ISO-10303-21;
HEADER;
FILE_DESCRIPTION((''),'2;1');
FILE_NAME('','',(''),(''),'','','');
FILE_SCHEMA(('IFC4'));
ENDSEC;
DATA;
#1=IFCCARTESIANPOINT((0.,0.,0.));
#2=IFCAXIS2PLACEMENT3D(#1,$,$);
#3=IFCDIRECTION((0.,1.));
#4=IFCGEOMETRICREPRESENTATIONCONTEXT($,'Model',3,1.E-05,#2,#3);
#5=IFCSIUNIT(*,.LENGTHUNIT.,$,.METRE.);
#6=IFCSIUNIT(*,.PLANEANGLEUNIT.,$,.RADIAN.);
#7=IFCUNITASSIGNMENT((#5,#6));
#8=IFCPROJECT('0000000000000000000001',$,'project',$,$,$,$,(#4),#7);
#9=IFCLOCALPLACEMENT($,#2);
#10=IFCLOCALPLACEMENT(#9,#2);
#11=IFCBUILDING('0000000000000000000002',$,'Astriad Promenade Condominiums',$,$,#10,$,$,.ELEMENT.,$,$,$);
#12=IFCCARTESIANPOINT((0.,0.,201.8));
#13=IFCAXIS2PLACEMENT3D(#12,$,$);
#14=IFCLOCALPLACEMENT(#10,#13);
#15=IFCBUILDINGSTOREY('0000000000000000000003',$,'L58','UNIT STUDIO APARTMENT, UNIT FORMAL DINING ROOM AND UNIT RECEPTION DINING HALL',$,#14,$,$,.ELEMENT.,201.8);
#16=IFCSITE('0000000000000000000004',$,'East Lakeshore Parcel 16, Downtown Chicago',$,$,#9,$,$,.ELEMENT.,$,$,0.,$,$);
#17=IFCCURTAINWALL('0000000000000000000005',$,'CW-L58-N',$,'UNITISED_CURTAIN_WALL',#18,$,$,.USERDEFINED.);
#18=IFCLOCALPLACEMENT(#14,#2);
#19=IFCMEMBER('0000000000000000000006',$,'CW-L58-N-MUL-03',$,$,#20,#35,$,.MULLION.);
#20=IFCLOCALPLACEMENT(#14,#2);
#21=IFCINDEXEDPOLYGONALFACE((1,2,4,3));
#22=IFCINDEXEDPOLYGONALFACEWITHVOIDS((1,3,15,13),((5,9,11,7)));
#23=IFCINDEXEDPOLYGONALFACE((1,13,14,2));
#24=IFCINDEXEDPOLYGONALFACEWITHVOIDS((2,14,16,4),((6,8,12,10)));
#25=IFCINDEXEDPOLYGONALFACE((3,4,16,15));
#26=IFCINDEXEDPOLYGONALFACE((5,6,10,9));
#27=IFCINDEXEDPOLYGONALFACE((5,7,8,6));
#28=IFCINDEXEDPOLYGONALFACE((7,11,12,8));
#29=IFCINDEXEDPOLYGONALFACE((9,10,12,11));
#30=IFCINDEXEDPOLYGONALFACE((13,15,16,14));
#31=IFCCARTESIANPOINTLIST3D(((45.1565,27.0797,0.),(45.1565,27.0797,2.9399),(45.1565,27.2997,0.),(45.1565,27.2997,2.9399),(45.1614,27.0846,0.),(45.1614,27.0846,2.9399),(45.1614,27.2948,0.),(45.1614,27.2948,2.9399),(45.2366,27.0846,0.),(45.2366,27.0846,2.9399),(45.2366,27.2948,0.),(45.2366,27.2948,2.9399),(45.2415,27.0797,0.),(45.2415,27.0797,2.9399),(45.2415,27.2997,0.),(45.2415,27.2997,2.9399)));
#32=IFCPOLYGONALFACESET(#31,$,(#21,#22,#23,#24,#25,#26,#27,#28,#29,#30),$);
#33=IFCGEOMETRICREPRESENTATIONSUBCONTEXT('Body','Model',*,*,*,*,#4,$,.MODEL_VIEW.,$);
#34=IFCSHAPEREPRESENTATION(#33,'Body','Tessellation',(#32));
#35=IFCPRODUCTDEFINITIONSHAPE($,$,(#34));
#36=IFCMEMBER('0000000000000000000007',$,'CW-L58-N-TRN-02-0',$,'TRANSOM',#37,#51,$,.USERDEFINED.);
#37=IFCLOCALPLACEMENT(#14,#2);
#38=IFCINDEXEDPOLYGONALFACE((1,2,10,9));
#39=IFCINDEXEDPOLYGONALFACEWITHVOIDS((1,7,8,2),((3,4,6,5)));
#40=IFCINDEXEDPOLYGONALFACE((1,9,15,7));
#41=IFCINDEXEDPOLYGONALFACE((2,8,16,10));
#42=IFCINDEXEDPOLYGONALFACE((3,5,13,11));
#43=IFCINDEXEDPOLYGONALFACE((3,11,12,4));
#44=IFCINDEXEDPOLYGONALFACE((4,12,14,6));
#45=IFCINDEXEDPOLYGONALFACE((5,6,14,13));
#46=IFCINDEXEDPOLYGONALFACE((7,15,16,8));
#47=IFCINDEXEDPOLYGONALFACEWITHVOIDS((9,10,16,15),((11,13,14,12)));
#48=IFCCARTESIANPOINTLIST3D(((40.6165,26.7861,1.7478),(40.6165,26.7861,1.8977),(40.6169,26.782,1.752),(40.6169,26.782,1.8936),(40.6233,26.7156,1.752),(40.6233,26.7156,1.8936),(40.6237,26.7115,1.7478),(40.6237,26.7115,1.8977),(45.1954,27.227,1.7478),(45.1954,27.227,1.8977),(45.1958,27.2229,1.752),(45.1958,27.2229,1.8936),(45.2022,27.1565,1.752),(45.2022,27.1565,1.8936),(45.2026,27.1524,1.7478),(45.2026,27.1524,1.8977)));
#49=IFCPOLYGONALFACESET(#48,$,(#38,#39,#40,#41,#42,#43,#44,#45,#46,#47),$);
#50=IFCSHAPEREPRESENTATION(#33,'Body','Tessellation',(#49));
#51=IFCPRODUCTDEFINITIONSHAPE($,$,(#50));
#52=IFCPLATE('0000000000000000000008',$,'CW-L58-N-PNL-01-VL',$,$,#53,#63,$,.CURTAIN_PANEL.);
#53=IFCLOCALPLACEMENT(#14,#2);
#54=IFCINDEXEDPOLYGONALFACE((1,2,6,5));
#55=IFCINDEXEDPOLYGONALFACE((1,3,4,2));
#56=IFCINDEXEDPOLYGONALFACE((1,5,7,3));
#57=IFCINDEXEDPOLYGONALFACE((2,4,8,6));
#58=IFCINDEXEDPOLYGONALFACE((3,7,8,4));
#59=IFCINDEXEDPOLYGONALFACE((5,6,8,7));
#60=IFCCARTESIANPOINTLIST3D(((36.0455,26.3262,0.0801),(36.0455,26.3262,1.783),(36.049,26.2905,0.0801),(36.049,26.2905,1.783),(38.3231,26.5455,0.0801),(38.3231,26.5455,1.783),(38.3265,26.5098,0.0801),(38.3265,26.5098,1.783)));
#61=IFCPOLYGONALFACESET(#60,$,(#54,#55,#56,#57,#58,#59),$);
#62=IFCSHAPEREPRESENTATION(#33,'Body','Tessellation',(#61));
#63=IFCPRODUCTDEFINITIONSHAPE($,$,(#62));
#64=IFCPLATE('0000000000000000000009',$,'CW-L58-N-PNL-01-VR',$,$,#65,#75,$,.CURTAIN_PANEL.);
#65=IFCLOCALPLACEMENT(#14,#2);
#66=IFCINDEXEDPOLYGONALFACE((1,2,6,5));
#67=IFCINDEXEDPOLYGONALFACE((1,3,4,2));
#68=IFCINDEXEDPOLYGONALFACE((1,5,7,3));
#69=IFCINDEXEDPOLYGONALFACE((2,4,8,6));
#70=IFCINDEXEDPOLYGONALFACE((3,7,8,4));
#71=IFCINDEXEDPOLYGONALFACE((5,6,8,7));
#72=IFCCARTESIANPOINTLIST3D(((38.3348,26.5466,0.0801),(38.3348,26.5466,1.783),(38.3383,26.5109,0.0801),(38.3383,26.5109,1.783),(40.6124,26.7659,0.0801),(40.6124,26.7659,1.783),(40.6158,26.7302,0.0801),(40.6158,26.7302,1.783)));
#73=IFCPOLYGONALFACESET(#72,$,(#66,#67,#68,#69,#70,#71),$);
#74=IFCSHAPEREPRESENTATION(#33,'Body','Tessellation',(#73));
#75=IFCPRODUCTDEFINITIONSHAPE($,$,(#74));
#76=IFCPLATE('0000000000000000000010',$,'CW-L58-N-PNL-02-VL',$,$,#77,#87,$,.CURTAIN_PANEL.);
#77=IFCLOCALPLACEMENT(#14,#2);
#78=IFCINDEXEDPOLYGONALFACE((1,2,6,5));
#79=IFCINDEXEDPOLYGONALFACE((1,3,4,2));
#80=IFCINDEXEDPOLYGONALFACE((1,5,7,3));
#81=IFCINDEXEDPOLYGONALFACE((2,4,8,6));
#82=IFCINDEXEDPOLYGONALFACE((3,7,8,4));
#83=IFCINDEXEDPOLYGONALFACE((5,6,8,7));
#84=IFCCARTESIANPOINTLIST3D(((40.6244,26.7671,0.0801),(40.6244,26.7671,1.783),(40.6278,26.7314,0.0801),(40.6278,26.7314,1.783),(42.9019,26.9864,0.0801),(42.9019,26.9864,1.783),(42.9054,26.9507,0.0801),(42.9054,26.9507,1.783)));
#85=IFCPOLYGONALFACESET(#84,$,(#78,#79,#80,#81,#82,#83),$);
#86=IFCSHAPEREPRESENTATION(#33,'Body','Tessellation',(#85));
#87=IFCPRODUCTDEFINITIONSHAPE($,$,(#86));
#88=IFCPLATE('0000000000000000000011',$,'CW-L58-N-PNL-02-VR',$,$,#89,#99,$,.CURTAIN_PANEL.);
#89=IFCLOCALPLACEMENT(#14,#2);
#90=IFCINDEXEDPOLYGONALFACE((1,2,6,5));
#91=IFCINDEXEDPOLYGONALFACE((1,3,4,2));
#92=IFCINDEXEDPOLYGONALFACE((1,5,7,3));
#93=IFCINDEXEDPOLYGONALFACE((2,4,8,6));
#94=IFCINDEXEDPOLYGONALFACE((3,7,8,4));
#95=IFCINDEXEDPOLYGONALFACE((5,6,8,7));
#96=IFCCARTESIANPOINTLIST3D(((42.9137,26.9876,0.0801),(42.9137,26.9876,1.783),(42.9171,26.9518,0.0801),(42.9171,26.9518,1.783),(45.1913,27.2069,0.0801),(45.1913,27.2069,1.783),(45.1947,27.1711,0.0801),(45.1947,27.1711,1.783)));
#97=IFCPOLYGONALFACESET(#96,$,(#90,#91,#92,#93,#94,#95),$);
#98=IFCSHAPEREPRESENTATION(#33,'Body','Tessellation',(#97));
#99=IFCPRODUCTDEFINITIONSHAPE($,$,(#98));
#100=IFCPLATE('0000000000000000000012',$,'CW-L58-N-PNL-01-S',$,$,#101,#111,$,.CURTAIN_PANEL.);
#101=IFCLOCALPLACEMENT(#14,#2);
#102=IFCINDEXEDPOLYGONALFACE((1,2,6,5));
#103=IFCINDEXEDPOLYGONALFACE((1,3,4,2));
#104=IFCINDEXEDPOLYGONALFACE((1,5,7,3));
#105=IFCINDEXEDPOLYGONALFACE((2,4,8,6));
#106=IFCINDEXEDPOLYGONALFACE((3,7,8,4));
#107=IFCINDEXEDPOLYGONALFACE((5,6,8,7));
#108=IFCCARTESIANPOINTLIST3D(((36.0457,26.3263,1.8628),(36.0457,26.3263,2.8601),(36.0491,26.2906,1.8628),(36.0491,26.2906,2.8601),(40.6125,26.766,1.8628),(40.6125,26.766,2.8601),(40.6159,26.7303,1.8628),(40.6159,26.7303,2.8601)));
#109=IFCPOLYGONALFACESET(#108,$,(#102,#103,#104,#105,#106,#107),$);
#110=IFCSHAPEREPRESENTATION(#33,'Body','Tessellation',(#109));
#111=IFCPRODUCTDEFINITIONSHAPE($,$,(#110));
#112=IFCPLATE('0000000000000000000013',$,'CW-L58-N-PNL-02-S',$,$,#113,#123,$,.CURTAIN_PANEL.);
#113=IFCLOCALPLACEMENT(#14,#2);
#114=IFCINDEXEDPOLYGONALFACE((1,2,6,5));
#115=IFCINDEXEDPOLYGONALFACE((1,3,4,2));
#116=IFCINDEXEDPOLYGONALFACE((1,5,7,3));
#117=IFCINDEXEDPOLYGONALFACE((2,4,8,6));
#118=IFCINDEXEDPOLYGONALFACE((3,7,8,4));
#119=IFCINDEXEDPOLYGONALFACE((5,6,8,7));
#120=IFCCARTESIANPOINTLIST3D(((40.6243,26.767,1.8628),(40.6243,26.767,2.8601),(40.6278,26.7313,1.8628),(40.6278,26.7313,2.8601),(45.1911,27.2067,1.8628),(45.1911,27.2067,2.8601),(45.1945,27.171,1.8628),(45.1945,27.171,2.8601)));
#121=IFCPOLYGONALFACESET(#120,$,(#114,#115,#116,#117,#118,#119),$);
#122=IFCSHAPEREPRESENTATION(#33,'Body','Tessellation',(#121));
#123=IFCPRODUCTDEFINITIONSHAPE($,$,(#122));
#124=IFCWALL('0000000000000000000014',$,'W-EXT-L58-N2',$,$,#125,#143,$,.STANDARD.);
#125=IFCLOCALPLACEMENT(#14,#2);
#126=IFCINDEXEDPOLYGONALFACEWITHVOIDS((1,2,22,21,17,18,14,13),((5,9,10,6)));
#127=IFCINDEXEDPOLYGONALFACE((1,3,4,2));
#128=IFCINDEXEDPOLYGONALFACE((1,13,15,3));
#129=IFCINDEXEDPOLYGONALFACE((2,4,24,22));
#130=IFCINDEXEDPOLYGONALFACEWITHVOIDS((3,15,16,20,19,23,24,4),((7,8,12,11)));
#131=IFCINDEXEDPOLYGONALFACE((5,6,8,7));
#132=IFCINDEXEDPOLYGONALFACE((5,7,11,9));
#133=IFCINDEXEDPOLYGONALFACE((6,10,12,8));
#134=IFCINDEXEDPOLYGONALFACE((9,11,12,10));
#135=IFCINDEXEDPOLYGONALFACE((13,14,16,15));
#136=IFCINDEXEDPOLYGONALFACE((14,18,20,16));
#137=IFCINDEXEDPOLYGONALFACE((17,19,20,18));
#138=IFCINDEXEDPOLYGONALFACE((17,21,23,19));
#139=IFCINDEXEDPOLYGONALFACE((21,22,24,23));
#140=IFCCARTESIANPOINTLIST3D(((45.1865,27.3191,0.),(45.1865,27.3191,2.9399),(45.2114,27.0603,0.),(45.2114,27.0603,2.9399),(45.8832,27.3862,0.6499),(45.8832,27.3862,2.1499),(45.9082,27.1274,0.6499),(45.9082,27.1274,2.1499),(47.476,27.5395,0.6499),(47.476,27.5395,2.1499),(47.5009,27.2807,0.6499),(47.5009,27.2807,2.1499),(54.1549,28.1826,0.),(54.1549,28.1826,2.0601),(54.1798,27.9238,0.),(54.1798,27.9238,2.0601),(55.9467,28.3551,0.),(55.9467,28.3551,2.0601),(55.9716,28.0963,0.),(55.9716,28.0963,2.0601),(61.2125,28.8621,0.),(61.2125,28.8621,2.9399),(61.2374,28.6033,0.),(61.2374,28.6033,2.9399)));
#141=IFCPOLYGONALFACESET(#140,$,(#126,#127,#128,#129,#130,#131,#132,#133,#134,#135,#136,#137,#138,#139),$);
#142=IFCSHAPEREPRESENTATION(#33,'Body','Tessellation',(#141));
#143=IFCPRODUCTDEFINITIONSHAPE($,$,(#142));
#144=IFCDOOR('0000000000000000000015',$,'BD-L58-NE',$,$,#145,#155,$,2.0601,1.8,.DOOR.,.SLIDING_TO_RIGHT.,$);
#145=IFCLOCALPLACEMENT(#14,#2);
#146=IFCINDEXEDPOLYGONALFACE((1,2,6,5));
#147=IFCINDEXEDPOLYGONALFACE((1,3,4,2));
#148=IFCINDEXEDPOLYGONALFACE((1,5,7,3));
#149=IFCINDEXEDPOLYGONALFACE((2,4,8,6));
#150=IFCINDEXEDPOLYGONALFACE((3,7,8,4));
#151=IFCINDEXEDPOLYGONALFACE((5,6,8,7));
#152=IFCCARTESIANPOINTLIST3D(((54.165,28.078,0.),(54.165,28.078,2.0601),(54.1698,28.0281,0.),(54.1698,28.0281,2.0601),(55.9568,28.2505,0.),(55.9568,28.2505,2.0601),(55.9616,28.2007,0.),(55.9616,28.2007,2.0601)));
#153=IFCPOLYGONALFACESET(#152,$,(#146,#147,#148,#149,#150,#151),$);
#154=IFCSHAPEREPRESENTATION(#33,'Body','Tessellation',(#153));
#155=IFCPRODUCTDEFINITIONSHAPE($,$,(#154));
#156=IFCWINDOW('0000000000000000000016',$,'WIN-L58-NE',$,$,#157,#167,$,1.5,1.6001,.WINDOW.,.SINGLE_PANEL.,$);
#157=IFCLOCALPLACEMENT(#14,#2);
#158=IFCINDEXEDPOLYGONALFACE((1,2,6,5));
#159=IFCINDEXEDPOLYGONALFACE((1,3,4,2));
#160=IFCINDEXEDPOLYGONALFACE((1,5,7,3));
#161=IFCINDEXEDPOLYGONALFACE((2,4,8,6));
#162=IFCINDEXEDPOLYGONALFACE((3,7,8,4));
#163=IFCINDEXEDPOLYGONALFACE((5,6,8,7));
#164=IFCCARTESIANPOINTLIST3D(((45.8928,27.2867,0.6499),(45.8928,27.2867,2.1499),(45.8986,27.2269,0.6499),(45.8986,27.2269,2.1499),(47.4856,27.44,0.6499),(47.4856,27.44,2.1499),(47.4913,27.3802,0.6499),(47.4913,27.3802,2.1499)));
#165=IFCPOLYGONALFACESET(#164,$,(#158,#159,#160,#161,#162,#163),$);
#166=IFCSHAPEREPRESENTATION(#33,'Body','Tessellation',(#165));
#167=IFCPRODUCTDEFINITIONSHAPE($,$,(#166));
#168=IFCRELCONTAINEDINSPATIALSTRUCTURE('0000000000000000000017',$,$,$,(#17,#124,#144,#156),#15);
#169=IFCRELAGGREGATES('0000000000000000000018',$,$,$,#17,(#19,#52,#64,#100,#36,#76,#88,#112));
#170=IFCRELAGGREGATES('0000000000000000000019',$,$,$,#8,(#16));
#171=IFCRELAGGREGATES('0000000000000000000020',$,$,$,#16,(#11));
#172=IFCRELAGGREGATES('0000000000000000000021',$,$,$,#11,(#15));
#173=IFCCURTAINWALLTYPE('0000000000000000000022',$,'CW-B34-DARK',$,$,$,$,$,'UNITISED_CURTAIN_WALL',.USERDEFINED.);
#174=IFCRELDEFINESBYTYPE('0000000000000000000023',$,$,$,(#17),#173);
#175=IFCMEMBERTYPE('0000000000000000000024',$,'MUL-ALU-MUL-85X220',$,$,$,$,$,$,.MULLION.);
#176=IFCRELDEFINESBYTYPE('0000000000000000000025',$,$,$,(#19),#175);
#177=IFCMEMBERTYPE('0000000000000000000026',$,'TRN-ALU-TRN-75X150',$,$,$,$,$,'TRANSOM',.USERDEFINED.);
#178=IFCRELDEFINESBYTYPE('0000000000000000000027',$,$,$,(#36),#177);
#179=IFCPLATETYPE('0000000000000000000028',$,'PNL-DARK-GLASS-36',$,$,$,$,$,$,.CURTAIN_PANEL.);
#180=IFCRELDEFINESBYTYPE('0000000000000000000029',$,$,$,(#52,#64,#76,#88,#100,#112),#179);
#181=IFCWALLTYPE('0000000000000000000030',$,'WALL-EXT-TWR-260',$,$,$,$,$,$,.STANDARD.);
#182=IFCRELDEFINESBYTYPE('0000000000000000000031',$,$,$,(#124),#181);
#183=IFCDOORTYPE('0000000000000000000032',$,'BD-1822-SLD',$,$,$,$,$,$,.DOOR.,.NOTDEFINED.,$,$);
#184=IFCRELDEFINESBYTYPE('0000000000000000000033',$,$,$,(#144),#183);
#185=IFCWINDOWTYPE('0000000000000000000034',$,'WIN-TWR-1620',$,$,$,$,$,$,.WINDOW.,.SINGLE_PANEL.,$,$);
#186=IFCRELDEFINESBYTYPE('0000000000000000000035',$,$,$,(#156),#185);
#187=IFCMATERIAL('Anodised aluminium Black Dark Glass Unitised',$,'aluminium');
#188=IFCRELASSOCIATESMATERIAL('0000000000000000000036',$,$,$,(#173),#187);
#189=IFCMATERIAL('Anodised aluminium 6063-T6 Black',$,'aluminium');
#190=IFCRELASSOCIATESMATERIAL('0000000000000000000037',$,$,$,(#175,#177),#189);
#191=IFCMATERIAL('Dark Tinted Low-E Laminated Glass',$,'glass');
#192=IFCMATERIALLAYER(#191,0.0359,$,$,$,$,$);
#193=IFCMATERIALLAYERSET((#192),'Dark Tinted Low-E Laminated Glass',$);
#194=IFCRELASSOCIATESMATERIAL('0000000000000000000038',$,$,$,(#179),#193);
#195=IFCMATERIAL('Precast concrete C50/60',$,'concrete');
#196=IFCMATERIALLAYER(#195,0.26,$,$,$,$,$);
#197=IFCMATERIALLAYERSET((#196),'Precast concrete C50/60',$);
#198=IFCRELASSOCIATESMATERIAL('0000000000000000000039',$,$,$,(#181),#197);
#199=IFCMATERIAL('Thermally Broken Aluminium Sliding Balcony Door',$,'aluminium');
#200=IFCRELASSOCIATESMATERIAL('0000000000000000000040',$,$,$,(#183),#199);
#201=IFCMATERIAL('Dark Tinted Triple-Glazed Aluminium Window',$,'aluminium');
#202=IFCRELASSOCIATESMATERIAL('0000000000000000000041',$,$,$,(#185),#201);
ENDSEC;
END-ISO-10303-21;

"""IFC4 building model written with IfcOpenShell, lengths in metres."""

from ifc_helpers import new_model, si_unit, direction, frame, frame_2d, origin, origin_2d, place, context, subcontext, project, spatial, rectangle, hollow_rectangle, extrude, source, transform, mapped, material, layer, layer_set, material_profile, profile_set, type_object, type_shapes, element, fill, aggregate, save


model = new_model("IFC4")

# Units and contexts
model_context = context("Model", 3, precision=1e-05, world=origin(), true_north=direction((0.0, 1.0)))
body_context = subcontext(model_context, "Body", "Model", "MODEL_VIEW")
ifc_project = project(units=[si_unit("LENGTHUNIT", "METRE"), si_unit("PLANEANGLEUNIT", "RADIAN")], contexts=[model_context])

# Site, building, storey
site_placement = place(None, origin())
site = spatial("IfcSite", under=ifc_project, at=site_placement, Name="East Lakeshore Parcel 16, Downtown Chicago", CompositionType="ELEMENT", RefElevation=0.0)
building_placement = place(site_placement, origin())
building = spatial("IfcBuilding", under=site, at=building_placement, Name="Astriad Promenade Condominiums", CompositionType="ELEMENT")
storey_placement = place(building_placement, frame((0.0, 0.0, 201.8)))
storey = spatial("IfcBuildingStorey", under=building, at=storey_placement, Name="L58", Description="UNIT STUDIO APARTMENT, UNIT FORMAL DINING ROOM AND UNIT RECEPTION DINING HALL", CompositionType="ELEMENT", Elevation=201.8)

# Curtain wall, members, plates
ifc_material_1 = material(Name="Anodised aluminium Black Dark Glass Unitised", Category="aluminium")
curtain_wall_type = type_object("IfcCurtainWallType", Name="CW-B34-DARK", ElementType="UNITISED_CURTAIN_WALL", PredefinedType="USERDEFINED", material=ifc_material_1)
curtain_wall_placement = place(storey_placement, origin())
curtain_wall = element("IfcCurtainWall", 1, at=curtain_wall_placement, inside=storey, type_object=curtain_wall_type, Name="CW-L58-N", ObjectType="UNITISED_CURTAIN_WALL", PredefinedType="USERDEFINED")
ifc_material_2 = material(Name="Anodised aluminium 6063-T6 Black", Category="aluminium")
ifc_material_profile_1 = material_profile(ifc_material_2, hollow_rectangle(XDim=0.085, YDim=0.22, WallThickness=0.0049, at=origin_2d()), Name="ALU-MUL-85X220")
ifc_profile_set_1 = profile_set([ifc_material_profile_1], Name="Anodised aluminium 6063-T6 Black")
member_type_1 = type_object("IfcMemberType", Name="MUL-ALU-MUL-85X220", PredefinedType="MULLION", material=ifc_profile_set_1)
shared_shape_1 = source(origin(), body_context, "Body", "SweptSolid", [
    extrude(hollow_rectangle(XDim=0.085, YDim=0.22, WallThickness=0.0049, at=origin_2d()), origin(), (0.0, 0.0, 1.0), 2.9399),
])
type_shapes(member_type_1, [shared_shape_1])
member_1_placement = place(storey_placement, frame((45.199, 27.1897, 0.0), z_axis=(0.0, 0.0, 1.0), x_axis=(1.0, 0.0, 0.0)))
member_1 = element("IfcMember", 2, at=member_1_placement, type_object=member_type_1, Name="CW-L58-N-MUL-03", PredefinedType="MULLION", context=body_context, shape_type="MappedRepresentation", body=[
    mapped(shared_shape_1, transform((0.0, 0.0, 0.0), scale=1.0)),
])
ifc_material_profile_2 = material_profile(ifc_material_2, hollow_rectangle(XDim=0.075, YDim=0.1499, WallThickness=0.0042, at=origin_2d()), Name="ALU-TRN-75X150")
ifc_profile_set_2 = profile_set([ifc_material_profile_2], Name="Anodised aluminium 6063-T6 Black")
member_type_2 = type_object("IfcMemberType", Name="TRN-ALU-TRN-75X150", ElementType="TRANSOM", PredefinedType="USERDEFINED", material=ifc_profile_set_2)
shared_shape_2 = source(origin(), body_context, "Body", "SweptSolid", [
    extrude(hollow_rectangle(XDim=0.075, YDim=0.1499, WallThickness=0.0042, at=origin_2d()), origin(), (0.0, 0.0, 1.0), 4.6001),
])
type_shapes(member_type_2, [shared_shape_2])
member_2_placement = place(storey_placement, frame((40.6201, 26.7488, 1.8228), z_axis=(0.995396, 0.095851, 0.0), x_axis=(-0.095851, 0.995396, 0.0)))
member_2 = element("IfcMember", 3, at=member_2_placement, type_object=member_type_2, Name="CW-L58-N-TRN-02-0", ObjectType="TRANSOM", PredefinedType="USERDEFINED", context=body_context, shape_type="MappedRepresentation", body=[
    mapped(shared_shape_2, transform((0.0, 0.0, 0.0), scale=1.0)),
])
ifc_material_3 = material(Name="Dark Tinted Low-E Laminated Glass", Category="glass")
ifc_layer_1 = layer(ifc_material_3, 0.0359)
ifc_layer_set_1 = layer_set([ifc_layer_1], Name="Dark Tinted Low-E Laminated Glass")
plate_type = type_object("IfcPlateType", Name="PNL-DARK-GLASS-36", PredefinedType="CURTAIN_PANEL", material=ifc_layer_set_1)
shared_shape_3 = source(origin(), body_context, "Body", "SweptSolid", [
    extrude(rectangle(XDim=2.2881, YDim=0.0359, at=origin_2d()), origin(), (0.0, 0.0, 1.0), 1.7029),
])
plate_1_placement = place(storey_placement, frame((37.186, 26.418, 0.0801), z_axis=(0.0, 0.0, 1.0), x_axis=(0.995396, 0.095846, 0.0)))
plate_1 = element("IfcPlate", 4, at=plate_1_placement, type_object=plate_type, Name="CW-L58-N-PNL-01-VL", PredefinedType="CURTAIN_PANEL", context=body_context, shape_type="MappedRepresentation", body=[
    mapped(shared_shape_3, transform((0.0, 0.0, 0.0), scale=1.0)),
])
plate_2_placement = place(storey_placement, frame((39.4753, 26.6384, 0.0801), z_axis=(0.0, 0.0, 1.0), x_axis=(0.995396, 0.095846, 0.0)))
plate_2 = element("IfcPlate", 5, at=plate_2_placement, type_object=plate_type, Name="CW-L58-N-PNL-01-VR", PredefinedType="CURTAIN_PANEL", context=body_context, shape_type="MappedRepresentation", body=[
    mapped(shared_shape_3, transform((0.0, 0.0, 0.0), scale=1.0)),
])
plate_3_placement = place(storey_placement, frame((41.7649, 26.8589, 0.0801), z_axis=(0.0, 0.0, 1.0), x_axis=(0.995396, 0.095846, 0.0)))
plate_3 = element("IfcPlate", 6, at=plate_3_placement, type_object=plate_type, Name="CW-L58-N-PNL-02-VL", PredefinedType="CURTAIN_PANEL", context=body_context, shape_type="MappedRepresentation", body=[
    mapped(shared_shape_3, transform((0.0, 0.0, 0.0), scale=1.0)),
])
plate_4_placement = place(storey_placement, frame((44.0542, 27.0793, 0.0801), z_axis=(0.0, 0.0, 1.0), x_axis=(0.995396, 0.095846, 0.0)))
plate_4 = element("IfcPlate", 7, at=plate_4_placement, type_object=plate_type, Name="CW-L58-N-PNL-02-VR", PredefinedType="CURTAIN_PANEL", context=body_context, shape_type="MappedRepresentation", body=[
    mapped(shared_shape_3, transform((0.0, 0.0, 0.0), scale=1.0)),
])
shared_shape_4 = source(origin(), body_context, "Body", "SweptSolid", [
    extrude(rectangle(XDim=4.5879, YDim=0.0359, at=origin_2d()), origin(), (0.0, 0.0, 1.0), 0.9973),
])
type_shapes(plate_type, [shared_shape_3, shared_shape_4])
plate_5_placement = place(storey_placement, frame((38.3308, 26.5283, 1.8628), z_axis=(0.0, 0.0, 1.0), x_axis=(0.995396, 0.095846, 0.0)))
plate_5 = element("IfcPlate", 8, at=plate_5_placement, type_object=plate_type, Name="CW-L58-N-PNL-01-S", PredefinedType="CURTAIN_PANEL", context=body_context, shape_type="MappedRepresentation", body=[
    mapped(shared_shape_4, transform((0.0, 0.0, 0.0), scale=1.0)),
])
plate_6_placement = place(storey_placement, frame((42.9094, 26.969, 1.8628), z_axis=(0.0, 0.0, 1.0), x_axis=(0.995396, 0.095846, 0.0)))
plate_6 = element("IfcPlate", 9, at=plate_6_placement, type_object=plate_type, Name="CW-L58-N-PNL-02-S", PredefinedType="CURTAIN_PANEL", context=body_context, shape_type="MappedRepresentation", body=[
    mapped(shared_shape_4, transform((0.0, 0.0, 0.0), scale=1.0)),
])
aggregate(curtain_wall, [member_1, plate_1, plate_2, plate_5, member_2, plate_3, plate_4, plate_6])

# Wall, openings, door, window
ifc_material_4 = material(Name="Precast concrete C50/60", Category="concrete")
ifc_layer_2 = layer(ifc_material_4, 0.26)
ifc_layer_set_2 = layer_set([ifc_layer_2], Name="Precast concrete C50/60")
wall_type_1 = type_object("IfcWallType", Name="WALL-EXT-TWR-260", PredefinedType="STANDARD", material=ifc_layer_set_2)
wall_1_placement = place(storey_placement, frame((45.199, 27.1897, 0.0), z_axis=(0.0, 0.0, 1.0), x_axis=(0.995397, 0.095837, 0.0)))
wall_1 = element("IfcWall", 10, at=wall_1_placement, inside=storey, type_object=wall_type_1, Name="W-EXT-L58-N2", PredefinedType="STANDARD", context=body_context, shape_type="SweptSolid", body=[
    extrude(rectangle(XDim=16.1001, YDim=0.26, at=frame_2d((8.05, 0.0))), origin(), (0.0, 0.0, 1.0), 2.9399),
])
opening_1_placement = place(wall_1_placement, frame((9.01, 0.0, 0.0)))
opening_1 = element("IfcOpeningElement", 11, at=opening_1_placement, cuts=wall_1, PredefinedType="OPENING", context=body_context, shape_type="SweptSolid", body=[
    extrude(rectangle(XDim=1.8, YDim=2.0601, at=frame_2d((0.8999, 1.03))), frame((0.0, 0.1399, 0.0), z_axis=(0.0, -1.0, 0.0), x_axis=(1.0, 0.0, 0.0)), (0.0, 0.0, 1.0), 0.28),
])
opening_2_placement = place(wall_1_placement, frame((0.7, 0.0, 0.6499)))
opening_2 = element("IfcOpeningElement", 12, at=opening_2_placement, cuts=wall_1, PredefinedType="OPENING", context=body_context, shape_type="SweptSolid", body=[
    extrude(rectangle(XDim=1.6001, YDim=1.5, at=frame_2d((0.8, 0.75))), frame((0.0, 0.1399, 0.0), z_axis=(0.0, -1.0, 0.0), x_axis=(1.0, 0.0, 0.0)), (0.0, 0.0, 1.0), 0.28),
])
ifc_material_5 = material(Name="Thermally Broken Aluminium Sliding Balcony Door", Category="aluminium")
door_type_1 = type_object("IfcDoorType", Name="BD-1822-SLD", OperationType="NOTDEFINED", PredefinedType="DOOR", material=ifc_material_5)
shared_shape_5 = source(origin(), body_context, "Body", "SweptSolid", [
    extrude(rectangle(XDim=1.8, YDim=2.0601, at=frame_2d((0.8999, 1.03))), frame((0.0, 0.0249, 0.0), z_axis=(0.0, -1.0, 0.0), x_axis=(1.0, 0.0, 0.0)), (0.0, 0.0, 1.0), 0.05),
])
type_shapes(door_type_1, [shared_shape_5])
door_1_placement = place(opening_1_placement, origin())
door_1 = element("IfcDoor", 13, at=door_1_placement, inside=storey, type_object=door_type_1, Name="BD-L58-NE", OperationType="SLIDING_TO_RIGHT", OverallHeight=2.0601, OverallWidth=1.8, PredefinedType="DOOR", context=body_context, shape_type="MappedRepresentation", body=[
    mapped(shared_shape_5, transform((0.0, 0.0, 0.0), scale=1.0)),
])
fill(opening_1, door_1)
ifc_material_6 = material(Name="Dark Tinted Triple-Glazed Aluminium Window", Category="aluminium")
window_type = type_object("IfcWindowType", Name="WIN-TWR-1620", PartitioningType="SINGLE_PANEL", PredefinedType="WINDOW", material=ifc_material_6)
shared_shape_6 = source(origin(), body_context, "Body", "SweptSolid", [
    extrude(rectangle(XDim=1.6001, YDim=1.5, at=frame_2d((0.8, 0.75))), frame((0.0, 0.03, 0.0), z_axis=(0.0, -1.0, 0.0), x_axis=(1.0, 0.0, 0.0)), (0.0, 0.0, 1.0), 0.0601),
])
type_shapes(window_type, [shared_shape_6])
window_placement = place(opening_2_placement, origin())
window = element("IfcWindow", 14, at=window_placement, inside=storey, type_object=window_type, Name="WIN-L58-NE", OverallHeight=1.5, OverallWidth=1.6001, PartitioningType="SINGLE_PANEL", PredefinedType="WINDOW", context=body_context, shape_type="MappedRepresentation", body=[
    mapped(shared_shape_6, transform((0.0, 0.0, 0.0), scale=1.0)),
])
fill(opening_2, window)

save(model, "model.ifc")
